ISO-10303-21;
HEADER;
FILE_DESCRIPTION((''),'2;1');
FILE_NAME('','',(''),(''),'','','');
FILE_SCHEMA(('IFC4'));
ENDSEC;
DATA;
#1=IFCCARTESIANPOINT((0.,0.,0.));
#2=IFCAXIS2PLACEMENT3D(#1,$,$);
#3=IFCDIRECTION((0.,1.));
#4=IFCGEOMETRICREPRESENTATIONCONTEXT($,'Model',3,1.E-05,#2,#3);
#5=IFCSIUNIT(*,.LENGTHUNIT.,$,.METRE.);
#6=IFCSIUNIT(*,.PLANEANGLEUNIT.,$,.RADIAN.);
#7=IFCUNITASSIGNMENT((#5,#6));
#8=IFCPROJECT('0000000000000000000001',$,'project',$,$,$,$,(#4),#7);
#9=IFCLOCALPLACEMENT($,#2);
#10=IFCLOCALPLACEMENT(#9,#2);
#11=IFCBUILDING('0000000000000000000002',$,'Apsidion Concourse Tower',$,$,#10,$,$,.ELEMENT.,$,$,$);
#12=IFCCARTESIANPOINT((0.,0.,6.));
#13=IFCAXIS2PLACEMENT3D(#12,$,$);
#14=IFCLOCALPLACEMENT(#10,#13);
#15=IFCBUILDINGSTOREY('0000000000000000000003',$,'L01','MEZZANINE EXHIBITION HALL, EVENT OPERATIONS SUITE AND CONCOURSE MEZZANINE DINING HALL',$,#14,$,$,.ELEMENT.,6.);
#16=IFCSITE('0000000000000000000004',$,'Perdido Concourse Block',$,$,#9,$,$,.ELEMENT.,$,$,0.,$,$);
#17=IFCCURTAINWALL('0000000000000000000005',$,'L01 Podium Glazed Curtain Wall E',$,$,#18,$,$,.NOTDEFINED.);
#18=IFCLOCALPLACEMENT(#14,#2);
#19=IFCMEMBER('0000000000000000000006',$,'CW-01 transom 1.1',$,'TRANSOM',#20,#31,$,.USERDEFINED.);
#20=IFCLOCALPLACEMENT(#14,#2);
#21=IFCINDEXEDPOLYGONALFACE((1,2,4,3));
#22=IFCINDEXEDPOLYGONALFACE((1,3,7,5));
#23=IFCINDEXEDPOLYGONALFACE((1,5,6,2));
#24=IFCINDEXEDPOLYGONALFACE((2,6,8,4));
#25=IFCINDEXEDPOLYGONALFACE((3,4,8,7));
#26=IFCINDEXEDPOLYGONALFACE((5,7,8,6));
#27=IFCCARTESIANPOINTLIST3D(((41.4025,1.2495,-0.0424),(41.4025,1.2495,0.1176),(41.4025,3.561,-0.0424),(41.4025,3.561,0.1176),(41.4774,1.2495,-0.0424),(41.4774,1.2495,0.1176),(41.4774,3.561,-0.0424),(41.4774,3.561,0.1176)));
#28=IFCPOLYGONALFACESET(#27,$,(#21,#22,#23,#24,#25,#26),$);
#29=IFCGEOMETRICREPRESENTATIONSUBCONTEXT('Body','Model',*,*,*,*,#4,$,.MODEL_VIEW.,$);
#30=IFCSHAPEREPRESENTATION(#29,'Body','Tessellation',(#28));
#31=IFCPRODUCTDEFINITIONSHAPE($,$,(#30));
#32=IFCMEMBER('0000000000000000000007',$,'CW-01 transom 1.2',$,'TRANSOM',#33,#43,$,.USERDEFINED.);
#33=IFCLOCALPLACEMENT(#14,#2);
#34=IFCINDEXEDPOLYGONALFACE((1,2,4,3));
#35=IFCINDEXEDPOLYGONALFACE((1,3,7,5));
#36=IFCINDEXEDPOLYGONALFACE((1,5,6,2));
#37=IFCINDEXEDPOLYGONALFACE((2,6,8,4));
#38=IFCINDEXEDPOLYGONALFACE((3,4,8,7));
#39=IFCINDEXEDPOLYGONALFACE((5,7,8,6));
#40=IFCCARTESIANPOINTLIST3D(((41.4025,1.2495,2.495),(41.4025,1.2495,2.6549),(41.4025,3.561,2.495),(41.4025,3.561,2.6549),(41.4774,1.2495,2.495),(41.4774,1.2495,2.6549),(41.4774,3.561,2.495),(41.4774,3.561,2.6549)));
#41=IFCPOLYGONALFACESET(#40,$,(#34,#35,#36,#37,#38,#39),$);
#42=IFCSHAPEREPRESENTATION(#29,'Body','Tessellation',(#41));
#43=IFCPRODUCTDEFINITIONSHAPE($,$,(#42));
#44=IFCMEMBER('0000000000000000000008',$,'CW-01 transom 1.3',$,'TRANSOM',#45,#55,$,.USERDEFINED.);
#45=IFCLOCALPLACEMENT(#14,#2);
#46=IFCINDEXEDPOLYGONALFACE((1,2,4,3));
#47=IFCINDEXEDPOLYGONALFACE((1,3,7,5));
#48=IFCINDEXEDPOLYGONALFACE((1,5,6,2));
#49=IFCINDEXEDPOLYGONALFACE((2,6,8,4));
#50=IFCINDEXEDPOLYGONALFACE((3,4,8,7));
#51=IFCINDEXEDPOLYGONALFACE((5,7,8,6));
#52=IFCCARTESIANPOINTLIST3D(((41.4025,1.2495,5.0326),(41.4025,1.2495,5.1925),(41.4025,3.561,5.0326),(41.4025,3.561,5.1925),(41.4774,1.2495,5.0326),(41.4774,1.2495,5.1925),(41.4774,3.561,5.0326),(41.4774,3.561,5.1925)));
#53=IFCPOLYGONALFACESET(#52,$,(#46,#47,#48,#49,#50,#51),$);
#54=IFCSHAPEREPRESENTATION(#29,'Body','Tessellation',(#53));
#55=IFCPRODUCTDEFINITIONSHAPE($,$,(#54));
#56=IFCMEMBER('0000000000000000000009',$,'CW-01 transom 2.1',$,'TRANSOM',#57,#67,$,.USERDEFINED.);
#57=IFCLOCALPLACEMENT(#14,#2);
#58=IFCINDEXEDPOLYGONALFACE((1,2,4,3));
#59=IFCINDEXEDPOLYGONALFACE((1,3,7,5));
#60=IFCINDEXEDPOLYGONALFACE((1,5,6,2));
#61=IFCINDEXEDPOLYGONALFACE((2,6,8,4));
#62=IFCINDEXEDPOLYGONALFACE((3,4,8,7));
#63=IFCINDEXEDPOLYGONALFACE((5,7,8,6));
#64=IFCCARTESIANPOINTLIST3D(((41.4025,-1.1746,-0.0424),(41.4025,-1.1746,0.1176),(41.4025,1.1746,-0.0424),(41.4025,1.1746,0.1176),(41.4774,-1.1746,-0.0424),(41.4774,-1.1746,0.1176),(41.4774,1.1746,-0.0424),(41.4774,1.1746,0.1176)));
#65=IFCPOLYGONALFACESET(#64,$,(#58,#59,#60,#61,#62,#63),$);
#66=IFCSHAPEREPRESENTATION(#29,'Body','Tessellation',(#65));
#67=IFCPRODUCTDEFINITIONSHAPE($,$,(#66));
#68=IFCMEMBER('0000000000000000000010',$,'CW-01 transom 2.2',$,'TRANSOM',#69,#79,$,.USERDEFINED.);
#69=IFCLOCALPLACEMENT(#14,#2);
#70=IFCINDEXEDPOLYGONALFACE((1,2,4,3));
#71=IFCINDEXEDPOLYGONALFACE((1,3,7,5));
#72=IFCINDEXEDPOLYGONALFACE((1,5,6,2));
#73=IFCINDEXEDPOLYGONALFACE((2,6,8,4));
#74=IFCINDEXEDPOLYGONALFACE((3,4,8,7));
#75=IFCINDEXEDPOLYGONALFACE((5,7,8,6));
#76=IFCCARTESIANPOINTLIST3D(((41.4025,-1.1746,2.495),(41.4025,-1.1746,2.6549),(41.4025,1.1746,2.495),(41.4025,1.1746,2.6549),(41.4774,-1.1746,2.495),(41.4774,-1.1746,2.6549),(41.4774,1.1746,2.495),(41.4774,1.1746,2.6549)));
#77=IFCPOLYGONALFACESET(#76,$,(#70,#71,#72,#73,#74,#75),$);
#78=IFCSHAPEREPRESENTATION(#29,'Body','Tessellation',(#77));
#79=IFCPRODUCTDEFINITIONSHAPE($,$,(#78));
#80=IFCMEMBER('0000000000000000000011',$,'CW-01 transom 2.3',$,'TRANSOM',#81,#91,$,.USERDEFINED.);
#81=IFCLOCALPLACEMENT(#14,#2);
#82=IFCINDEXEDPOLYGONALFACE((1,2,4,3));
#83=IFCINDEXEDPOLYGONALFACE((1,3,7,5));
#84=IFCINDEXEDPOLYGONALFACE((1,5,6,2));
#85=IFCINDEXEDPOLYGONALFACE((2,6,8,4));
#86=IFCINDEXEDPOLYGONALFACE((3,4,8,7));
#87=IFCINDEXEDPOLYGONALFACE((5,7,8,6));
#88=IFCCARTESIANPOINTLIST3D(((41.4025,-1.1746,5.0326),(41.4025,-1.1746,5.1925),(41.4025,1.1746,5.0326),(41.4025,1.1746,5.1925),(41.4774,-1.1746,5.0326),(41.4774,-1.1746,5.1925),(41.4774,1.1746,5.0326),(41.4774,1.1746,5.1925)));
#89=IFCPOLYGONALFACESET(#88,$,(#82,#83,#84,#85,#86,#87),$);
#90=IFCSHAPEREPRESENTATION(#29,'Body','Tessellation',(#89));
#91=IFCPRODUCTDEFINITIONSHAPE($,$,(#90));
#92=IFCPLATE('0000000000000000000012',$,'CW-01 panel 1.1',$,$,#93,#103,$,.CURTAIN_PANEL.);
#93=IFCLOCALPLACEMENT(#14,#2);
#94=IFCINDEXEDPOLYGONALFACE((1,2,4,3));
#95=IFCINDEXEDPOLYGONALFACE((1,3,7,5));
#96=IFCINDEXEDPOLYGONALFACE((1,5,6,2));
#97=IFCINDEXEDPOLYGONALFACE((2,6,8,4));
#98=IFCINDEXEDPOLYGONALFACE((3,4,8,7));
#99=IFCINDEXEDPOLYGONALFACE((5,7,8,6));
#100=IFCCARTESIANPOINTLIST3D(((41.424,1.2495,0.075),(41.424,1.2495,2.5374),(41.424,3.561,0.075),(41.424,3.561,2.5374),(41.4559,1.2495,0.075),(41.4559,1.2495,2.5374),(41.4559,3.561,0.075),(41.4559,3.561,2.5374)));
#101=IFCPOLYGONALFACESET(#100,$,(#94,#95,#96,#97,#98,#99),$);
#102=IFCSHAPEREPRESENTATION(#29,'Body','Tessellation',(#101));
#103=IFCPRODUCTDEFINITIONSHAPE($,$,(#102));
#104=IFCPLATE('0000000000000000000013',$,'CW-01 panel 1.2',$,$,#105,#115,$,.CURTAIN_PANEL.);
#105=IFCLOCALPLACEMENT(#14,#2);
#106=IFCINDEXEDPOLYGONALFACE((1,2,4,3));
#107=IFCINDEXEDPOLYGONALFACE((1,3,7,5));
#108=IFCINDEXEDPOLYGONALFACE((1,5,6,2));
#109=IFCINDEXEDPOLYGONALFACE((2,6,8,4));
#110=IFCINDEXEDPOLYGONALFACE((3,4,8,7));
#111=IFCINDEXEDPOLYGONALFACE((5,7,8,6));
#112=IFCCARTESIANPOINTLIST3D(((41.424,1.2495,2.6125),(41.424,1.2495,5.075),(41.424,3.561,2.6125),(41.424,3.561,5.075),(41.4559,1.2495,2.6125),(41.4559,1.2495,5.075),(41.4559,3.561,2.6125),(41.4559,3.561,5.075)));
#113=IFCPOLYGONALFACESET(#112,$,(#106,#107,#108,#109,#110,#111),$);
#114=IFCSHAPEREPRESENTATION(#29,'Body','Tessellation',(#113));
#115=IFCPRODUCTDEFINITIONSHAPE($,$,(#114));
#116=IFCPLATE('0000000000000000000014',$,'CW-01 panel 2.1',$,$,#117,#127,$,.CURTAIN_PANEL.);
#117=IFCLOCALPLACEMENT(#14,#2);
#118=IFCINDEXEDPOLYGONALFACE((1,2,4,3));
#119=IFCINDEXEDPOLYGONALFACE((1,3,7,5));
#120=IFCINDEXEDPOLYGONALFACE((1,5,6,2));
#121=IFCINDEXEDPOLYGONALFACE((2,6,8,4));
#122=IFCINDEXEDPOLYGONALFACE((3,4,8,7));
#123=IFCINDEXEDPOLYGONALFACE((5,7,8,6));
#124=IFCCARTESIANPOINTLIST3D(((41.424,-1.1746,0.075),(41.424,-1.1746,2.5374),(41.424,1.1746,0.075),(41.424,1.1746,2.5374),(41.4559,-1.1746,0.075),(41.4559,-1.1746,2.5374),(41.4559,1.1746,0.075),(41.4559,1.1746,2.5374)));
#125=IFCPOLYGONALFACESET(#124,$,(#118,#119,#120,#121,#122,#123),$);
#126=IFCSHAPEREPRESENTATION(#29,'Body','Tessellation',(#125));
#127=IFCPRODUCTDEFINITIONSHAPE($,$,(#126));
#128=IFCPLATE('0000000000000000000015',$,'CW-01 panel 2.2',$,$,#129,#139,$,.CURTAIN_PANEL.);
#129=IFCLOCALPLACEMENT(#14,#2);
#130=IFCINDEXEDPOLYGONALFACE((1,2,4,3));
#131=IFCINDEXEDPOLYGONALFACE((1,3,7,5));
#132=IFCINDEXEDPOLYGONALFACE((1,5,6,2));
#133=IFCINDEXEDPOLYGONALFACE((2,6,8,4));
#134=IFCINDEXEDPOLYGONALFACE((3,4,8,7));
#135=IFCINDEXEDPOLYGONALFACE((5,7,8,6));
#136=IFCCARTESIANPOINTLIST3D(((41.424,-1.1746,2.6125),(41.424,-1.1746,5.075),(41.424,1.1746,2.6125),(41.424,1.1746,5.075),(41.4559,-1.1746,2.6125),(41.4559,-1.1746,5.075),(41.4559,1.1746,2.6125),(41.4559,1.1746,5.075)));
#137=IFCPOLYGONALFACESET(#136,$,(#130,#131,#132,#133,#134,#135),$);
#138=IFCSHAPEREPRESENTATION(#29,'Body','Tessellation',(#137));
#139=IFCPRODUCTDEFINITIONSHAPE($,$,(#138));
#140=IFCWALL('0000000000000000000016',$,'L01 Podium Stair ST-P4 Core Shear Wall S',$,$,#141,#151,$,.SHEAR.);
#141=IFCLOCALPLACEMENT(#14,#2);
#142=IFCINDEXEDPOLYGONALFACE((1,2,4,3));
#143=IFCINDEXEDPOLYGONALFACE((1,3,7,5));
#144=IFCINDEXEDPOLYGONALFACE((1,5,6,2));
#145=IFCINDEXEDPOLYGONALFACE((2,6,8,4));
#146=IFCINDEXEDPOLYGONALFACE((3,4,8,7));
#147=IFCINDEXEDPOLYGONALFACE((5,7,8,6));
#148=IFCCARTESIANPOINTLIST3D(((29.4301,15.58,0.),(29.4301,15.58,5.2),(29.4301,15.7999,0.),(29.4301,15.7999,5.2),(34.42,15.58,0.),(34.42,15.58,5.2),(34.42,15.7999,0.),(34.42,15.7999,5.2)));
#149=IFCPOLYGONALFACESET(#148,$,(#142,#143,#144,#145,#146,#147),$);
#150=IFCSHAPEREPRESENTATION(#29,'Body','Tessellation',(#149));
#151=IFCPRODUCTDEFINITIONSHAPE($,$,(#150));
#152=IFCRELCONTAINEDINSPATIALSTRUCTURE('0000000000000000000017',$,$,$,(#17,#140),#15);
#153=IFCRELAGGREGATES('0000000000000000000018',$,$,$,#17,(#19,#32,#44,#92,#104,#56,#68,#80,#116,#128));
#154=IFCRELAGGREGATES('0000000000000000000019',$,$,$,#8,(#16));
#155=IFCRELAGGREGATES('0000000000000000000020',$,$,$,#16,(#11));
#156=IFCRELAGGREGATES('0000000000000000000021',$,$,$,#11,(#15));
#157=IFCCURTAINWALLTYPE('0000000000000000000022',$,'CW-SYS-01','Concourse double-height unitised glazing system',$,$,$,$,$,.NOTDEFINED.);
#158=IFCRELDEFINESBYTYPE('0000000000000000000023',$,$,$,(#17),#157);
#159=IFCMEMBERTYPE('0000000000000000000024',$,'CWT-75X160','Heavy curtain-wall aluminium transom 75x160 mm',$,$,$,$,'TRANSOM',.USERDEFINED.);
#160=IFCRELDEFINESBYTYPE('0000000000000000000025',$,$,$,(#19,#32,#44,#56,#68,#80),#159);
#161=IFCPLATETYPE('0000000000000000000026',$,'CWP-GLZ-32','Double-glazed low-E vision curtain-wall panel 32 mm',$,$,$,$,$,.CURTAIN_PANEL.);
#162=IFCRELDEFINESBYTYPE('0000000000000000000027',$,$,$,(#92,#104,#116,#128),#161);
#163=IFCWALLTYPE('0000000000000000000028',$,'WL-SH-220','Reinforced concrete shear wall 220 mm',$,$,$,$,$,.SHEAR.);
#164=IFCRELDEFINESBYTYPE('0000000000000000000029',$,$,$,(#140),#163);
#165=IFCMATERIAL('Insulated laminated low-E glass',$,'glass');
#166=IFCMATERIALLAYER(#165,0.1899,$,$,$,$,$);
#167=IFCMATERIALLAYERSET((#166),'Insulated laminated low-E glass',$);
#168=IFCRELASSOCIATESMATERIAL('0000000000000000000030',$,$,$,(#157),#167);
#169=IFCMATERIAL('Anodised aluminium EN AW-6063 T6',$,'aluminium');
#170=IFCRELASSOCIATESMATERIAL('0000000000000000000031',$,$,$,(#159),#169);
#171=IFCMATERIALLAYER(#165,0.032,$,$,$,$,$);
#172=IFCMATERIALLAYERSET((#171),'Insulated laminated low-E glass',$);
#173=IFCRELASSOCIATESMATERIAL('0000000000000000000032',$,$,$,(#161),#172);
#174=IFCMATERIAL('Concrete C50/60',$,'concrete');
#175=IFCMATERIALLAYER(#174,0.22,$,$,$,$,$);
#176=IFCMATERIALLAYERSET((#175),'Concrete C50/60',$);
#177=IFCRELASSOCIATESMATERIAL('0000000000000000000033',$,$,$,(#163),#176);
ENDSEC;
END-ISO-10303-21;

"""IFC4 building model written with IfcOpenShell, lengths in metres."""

from ifc_helpers import new_model, si_unit, direction, frame, frame_2d, origin, origin_2d, place, context, subcontext, project, spatial, rectangle, extrude, material, layer, layer_set, material_profile, profile_set, type_object, element, aggregate, save


model = new_model("IFC4")

# Units and contexts
model_context = context("Model", 3, precision=1e-05, world=origin(), true_north=direction((0.0, 1.0)))
body_context = subcontext(model_context, "Body", "Model", "MODEL_VIEW")
ifc_project = project(units=[si_unit("LENGTHUNIT", "METRE"), si_unit("PLANEANGLEUNIT", "RADIAN")], contexts=[model_context])

# Site, building, storey
site_placement = place(None, origin())
site = spatial("IfcSite", under=ifc_project, at=site_placement, Name="Perdido Concourse Block", CompositionType="ELEMENT", RefElevation=0.0)
building_placement = place(site_placement, origin())
building = spatial("IfcBuilding", under=site, at=building_placement, Name="Apsidion Concourse Tower", CompositionType="ELEMENT")
storey_placement = place(building_placement, frame((0.0, 0.0, 6.0)))
storey = spatial("IfcBuildingStorey", under=building, at=storey_placement, Name="L01", Description="MEZZANINE EXHIBITION HALL, EVENT OPERATIONS SUITE AND CONCOURSE MEZZANINE DINING HALL", CompositionType="ELEMENT", Elevation=6.0)

# Shared definitions
ifc_material_1 = material(Name="Concrete C50/60", Category="concrete")

# Curtain wall, members, plates
ifc_material_2 = material(Name="Insulated laminated low-E glass", Category="glass")
ifc_layer_1 = layer(ifc_material_2, 0.1899)
ifc_layer_set_1 = layer_set([ifc_layer_1], Name="Insulated laminated low-E glass")
curtain_wall_type = type_object("IfcCurtainWallType", Name="CW-SYS-01", Description="Concourse double-height unitised glazing system", PredefinedType="NOTDEFINED", material=ifc_layer_set_1)
curtain_wall_placement = place(storey_placement, origin())
curtain_wall = element("IfcCurtainWall", 1, at=curtain_wall_placement, inside=storey, type_object=curtain_wall_type, Name="L01 Podium Glazed Curtain Wall E", PredefinedType="NOTDEFINED")
ifc_material_3 = material(Name="Anodised aluminium EN AW-6063 T6", Category="aluminium")
ifc_material_profile_1 = material_profile(ifc_material_3, rectangle(XDim=0.075, YDim=0.1599, at=origin_2d()), Name="ALU TRANSOM 75x160")
ifc_profile_set_1 = profile_set([ifc_material_profile_1], Name="Anodised aluminium EN AW-6063 T6")
member_type_1 = type_object("IfcMemberType", Name="CWT-75X160", Description="Heavy curtain-wall aluminium transom 75x160 mm", ElementType="TRANSOM", PredefinedType="USERDEFINED", material=ifc_profile_set_1)
member_1_placement = place(storey_placement, frame((41.4399, 3.561, 0.0376), z_axis=(0.0, -1.0, 0.0), x_axis=(1.0, 0.0, 0.0)))
member_1 = element("IfcMember", 2, at=member_1_placement, type_object=member_type_1, Name="CW-01 transom 1.1", ObjectType="TRANSOM", PredefinedType="USERDEFINED", context=body_context, shape_type="SweptSolid", body=[
    extrude(rectangle(XDim=0.075, YDim=0.1599, at=origin_2d()), origin(), (0.0, 0.0, 1.0), 2.3115),
])
member_2_placement = place(storey_placement, frame((41.4399, 3.561, 2.575), z_axis=(0.0, -1.0, 0.0), x_axis=(1.0, 0.0, 0.0)))
member_2 = element("IfcMember", 3, at=member_2_placement, type_object=member_type_1, Name="CW-01 transom 1.2", ObjectType="TRANSOM", PredefinedType="USERDEFINED", context=body_context, shape_type="SweptSolid", body=[
    extrude(rectangle(XDim=0.075, YDim=0.1599, at=origin_2d()), origin(), (0.0, 0.0, 1.0), 2.3115),
])
member_3_placement = place(storey_placement, frame((41.4399, 3.561, 5.1125), z_axis=(0.0, -1.0, 0.0), x_axis=(1.0, 0.0, 0.0)))
member_3 = element("IfcMember", 4, at=member_3_placement, type_object=member_type_1, Name="CW-01 transom 1.3", ObjectType="TRANSOM", PredefinedType="USERDEFINED", context=body_context, shape_type="SweptSolid", body=[
    extrude(rectangle(XDim=0.075, YDim=0.1599, at=origin_2d()), origin(), (0.0, 0.0, 1.0), 2.3115),
])
member_4_placement = place(storey_placement, frame((41.4399, 1.1746, 0.0376), z_axis=(0.0, -1.0, 0.0), x_axis=(1.0, 0.0, 0.0)))
member_4 = element("IfcMember", 5, at=member_4_placement, type_object=member_type_1, Name="CW-01 transom 2.1", ObjectType="TRANSOM", PredefinedType="USERDEFINED", context=body_context, shape_type="SweptSolid", body=[
    extrude(rectangle(XDim=0.075, YDim=0.1599, at=origin_2d()), origin(), (0.0, 0.0, 1.0), 2.3491),
])
member_5_placement = place(storey_placement, frame((41.4399, 1.1746, 2.575), z_axis=(0.0, -1.0, 0.0), x_axis=(1.0, 0.0, 0.0)))
member_5 = element("IfcMember", 6, at=member_5_placement, type_object=member_type_1, Name="CW-01 transom 2.2", ObjectType="TRANSOM", PredefinedType="USERDEFINED", context=body_context, shape_type="SweptSolid", body=[
    extrude(rectangle(XDim=0.075, YDim=0.1599, at=origin_2d()), origin(), (0.0, 0.0, 1.0), 2.3491),
])
member_6_placement = place(storey_placement, frame((41.4399, 1.1746, 5.1125), z_axis=(0.0, -1.0, 0.0), x_axis=(1.0, 0.0, 0.0)))
member_6 = element("IfcMember", 7, at=member_6_placement, type_object=member_type_1, Name="CW-01 transom 2.3", ObjectType="TRANSOM", PredefinedType="USERDEFINED", context=body_context, shape_type="SweptSolid", body=[
    extrude(rectangle(XDim=0.075, YDim=0.1599, at=origin_2d()), origin(), (0.0, 0.0, 1.0), 2.3491),
])
ifc_layer_2 = layer(ifc_material_2, 0.032)
ifc_layer_set_2 = layer_set([ifc_layer_2], Name="Insulated laminated low-E glass")
plate_type = type_object("IfcPlateType", Name="CWP-GLZ-32", Description="Double-glazed low-E vision curtain-wall panel 32 mm", PredefinedType="CURTAIN_PANEL", material=ifc_layer_set_2)
plate_1_placement = place(storey_placement, frame((41.4399, 2.4053, 0.075), z_axis=(0.0, 0.0, 1.0), x_axis=(0.0, -1.0, 0.0)))
plate_1 = element("IfcPlate", 8, at=plate_1_placement, type_object=plate_type, Name="CW-01 panel 1.1", PredefinedType="CURTAIN_PANEL", context=body_context, shape_type="SweptSolid", body=[
    extrude(rectangle(XDim=2.3115, YDim=0.032, at=origin_2d()), origin(), (0.0, 0.0, 1.0), 2.4624),
])
plate_2_placement = place(storey_placement, frame((41.4399, 2.4053, 2.6125), z_axis=(0.0, 0.0, 1.0), x_axis=(0.0, -1.0, 0.0)))
plate_2 = element("IfcPlate", 9, at=plate_2_placement, type_object=plate_type, Name="CW-01 panel 1.2", PredefinedType="CURTAIN_PANEL", context=body_context, shape_type="SweptSolid", body=[
    extrude(rectangle(XDim=2.3115, YDim=0.032, at=origin_2d()), origin(), (0.0, 0.0, 1.0), 2.4624),
])
plate_3_placement = place(storey_placement, frame((41.4399, 0.0, 0.075), z_axis=(0.0, 0.0, 1.0), x_axis=(0.0, -1.0, 0.0)))
plate_3 = element("IfcPlate", 10, at=plate_3_placement, type_object=plate_type, Name="CW-01 panel 2.1", PredefinedType="CURTAIN_PANEL", context=body_context, shape_type="SweptSolid", body=[
    extrude(rectangle(XDim=2.3491, YDim=0.032, at=origin_2d()), origin(), (0.0, 0.0, 1.0), 2.4624),
])
plate_4_placement = place(storey_placement, frame((41.4399, 0.0, 2.6125), z_axis=(0.0, 0.0, 1.0), x_axis=(0.0, -1.0, 0.0)))
plate_4 = element("IfcPlate", 11, at=plate_4_placement, type_object=plate_type, Name="CW-01 panel 2.2", PredefinedType="CURTAIN_PANEL", context=body_context, shape_type="SweptSolid", body=[
    extrude(rectangle(XDim=2.3491, YDim=0.032, at=origin_2d()), origin(), (0.0, 0.0, 1.0), 2.4624),
])
aggregate(curtain_wall, [member_1, member_2, member_3, plate_1, plate_2, member_4, member_5, member_6, plate_3, plate_4])

# Wall
ifc_layer_3 = layer(ifc_material_1, 0.22)
ifc_layer_set_3 = layer_set([ifc_layer_3], Name="Concrete C50/60")
wall_type = type_object("IfcWallType", Name="WL-SH-220", Description="Reinforced concrete shear wall 220 mm", PredefinedType="SHEAR", material=ifc_layer_set_3)
wall_placement = place(storey_placement, frame((29.4299, 15.6899, 0.0), z_axis=(0.0, 0.0, 1.0), x_axis=(1.0, 0.0, 0.0)))
element("IfcWall", 12, at=wall_placement, inside=storey, type_object=wall_type, Name="L01 Podium Stair ST-P4 Core Shear Wall S", PredefinedType="SHEAR", context=body_context, shape_type="SweptSolid", body=[
    extrude(rectangle(XDim=4.99, YDim=0.22, at=frame_2d((2.4951, 0.0))), origin(), (0.0, 0.0, 1.0), 5.2),
])

save(model, "model.ifc")
